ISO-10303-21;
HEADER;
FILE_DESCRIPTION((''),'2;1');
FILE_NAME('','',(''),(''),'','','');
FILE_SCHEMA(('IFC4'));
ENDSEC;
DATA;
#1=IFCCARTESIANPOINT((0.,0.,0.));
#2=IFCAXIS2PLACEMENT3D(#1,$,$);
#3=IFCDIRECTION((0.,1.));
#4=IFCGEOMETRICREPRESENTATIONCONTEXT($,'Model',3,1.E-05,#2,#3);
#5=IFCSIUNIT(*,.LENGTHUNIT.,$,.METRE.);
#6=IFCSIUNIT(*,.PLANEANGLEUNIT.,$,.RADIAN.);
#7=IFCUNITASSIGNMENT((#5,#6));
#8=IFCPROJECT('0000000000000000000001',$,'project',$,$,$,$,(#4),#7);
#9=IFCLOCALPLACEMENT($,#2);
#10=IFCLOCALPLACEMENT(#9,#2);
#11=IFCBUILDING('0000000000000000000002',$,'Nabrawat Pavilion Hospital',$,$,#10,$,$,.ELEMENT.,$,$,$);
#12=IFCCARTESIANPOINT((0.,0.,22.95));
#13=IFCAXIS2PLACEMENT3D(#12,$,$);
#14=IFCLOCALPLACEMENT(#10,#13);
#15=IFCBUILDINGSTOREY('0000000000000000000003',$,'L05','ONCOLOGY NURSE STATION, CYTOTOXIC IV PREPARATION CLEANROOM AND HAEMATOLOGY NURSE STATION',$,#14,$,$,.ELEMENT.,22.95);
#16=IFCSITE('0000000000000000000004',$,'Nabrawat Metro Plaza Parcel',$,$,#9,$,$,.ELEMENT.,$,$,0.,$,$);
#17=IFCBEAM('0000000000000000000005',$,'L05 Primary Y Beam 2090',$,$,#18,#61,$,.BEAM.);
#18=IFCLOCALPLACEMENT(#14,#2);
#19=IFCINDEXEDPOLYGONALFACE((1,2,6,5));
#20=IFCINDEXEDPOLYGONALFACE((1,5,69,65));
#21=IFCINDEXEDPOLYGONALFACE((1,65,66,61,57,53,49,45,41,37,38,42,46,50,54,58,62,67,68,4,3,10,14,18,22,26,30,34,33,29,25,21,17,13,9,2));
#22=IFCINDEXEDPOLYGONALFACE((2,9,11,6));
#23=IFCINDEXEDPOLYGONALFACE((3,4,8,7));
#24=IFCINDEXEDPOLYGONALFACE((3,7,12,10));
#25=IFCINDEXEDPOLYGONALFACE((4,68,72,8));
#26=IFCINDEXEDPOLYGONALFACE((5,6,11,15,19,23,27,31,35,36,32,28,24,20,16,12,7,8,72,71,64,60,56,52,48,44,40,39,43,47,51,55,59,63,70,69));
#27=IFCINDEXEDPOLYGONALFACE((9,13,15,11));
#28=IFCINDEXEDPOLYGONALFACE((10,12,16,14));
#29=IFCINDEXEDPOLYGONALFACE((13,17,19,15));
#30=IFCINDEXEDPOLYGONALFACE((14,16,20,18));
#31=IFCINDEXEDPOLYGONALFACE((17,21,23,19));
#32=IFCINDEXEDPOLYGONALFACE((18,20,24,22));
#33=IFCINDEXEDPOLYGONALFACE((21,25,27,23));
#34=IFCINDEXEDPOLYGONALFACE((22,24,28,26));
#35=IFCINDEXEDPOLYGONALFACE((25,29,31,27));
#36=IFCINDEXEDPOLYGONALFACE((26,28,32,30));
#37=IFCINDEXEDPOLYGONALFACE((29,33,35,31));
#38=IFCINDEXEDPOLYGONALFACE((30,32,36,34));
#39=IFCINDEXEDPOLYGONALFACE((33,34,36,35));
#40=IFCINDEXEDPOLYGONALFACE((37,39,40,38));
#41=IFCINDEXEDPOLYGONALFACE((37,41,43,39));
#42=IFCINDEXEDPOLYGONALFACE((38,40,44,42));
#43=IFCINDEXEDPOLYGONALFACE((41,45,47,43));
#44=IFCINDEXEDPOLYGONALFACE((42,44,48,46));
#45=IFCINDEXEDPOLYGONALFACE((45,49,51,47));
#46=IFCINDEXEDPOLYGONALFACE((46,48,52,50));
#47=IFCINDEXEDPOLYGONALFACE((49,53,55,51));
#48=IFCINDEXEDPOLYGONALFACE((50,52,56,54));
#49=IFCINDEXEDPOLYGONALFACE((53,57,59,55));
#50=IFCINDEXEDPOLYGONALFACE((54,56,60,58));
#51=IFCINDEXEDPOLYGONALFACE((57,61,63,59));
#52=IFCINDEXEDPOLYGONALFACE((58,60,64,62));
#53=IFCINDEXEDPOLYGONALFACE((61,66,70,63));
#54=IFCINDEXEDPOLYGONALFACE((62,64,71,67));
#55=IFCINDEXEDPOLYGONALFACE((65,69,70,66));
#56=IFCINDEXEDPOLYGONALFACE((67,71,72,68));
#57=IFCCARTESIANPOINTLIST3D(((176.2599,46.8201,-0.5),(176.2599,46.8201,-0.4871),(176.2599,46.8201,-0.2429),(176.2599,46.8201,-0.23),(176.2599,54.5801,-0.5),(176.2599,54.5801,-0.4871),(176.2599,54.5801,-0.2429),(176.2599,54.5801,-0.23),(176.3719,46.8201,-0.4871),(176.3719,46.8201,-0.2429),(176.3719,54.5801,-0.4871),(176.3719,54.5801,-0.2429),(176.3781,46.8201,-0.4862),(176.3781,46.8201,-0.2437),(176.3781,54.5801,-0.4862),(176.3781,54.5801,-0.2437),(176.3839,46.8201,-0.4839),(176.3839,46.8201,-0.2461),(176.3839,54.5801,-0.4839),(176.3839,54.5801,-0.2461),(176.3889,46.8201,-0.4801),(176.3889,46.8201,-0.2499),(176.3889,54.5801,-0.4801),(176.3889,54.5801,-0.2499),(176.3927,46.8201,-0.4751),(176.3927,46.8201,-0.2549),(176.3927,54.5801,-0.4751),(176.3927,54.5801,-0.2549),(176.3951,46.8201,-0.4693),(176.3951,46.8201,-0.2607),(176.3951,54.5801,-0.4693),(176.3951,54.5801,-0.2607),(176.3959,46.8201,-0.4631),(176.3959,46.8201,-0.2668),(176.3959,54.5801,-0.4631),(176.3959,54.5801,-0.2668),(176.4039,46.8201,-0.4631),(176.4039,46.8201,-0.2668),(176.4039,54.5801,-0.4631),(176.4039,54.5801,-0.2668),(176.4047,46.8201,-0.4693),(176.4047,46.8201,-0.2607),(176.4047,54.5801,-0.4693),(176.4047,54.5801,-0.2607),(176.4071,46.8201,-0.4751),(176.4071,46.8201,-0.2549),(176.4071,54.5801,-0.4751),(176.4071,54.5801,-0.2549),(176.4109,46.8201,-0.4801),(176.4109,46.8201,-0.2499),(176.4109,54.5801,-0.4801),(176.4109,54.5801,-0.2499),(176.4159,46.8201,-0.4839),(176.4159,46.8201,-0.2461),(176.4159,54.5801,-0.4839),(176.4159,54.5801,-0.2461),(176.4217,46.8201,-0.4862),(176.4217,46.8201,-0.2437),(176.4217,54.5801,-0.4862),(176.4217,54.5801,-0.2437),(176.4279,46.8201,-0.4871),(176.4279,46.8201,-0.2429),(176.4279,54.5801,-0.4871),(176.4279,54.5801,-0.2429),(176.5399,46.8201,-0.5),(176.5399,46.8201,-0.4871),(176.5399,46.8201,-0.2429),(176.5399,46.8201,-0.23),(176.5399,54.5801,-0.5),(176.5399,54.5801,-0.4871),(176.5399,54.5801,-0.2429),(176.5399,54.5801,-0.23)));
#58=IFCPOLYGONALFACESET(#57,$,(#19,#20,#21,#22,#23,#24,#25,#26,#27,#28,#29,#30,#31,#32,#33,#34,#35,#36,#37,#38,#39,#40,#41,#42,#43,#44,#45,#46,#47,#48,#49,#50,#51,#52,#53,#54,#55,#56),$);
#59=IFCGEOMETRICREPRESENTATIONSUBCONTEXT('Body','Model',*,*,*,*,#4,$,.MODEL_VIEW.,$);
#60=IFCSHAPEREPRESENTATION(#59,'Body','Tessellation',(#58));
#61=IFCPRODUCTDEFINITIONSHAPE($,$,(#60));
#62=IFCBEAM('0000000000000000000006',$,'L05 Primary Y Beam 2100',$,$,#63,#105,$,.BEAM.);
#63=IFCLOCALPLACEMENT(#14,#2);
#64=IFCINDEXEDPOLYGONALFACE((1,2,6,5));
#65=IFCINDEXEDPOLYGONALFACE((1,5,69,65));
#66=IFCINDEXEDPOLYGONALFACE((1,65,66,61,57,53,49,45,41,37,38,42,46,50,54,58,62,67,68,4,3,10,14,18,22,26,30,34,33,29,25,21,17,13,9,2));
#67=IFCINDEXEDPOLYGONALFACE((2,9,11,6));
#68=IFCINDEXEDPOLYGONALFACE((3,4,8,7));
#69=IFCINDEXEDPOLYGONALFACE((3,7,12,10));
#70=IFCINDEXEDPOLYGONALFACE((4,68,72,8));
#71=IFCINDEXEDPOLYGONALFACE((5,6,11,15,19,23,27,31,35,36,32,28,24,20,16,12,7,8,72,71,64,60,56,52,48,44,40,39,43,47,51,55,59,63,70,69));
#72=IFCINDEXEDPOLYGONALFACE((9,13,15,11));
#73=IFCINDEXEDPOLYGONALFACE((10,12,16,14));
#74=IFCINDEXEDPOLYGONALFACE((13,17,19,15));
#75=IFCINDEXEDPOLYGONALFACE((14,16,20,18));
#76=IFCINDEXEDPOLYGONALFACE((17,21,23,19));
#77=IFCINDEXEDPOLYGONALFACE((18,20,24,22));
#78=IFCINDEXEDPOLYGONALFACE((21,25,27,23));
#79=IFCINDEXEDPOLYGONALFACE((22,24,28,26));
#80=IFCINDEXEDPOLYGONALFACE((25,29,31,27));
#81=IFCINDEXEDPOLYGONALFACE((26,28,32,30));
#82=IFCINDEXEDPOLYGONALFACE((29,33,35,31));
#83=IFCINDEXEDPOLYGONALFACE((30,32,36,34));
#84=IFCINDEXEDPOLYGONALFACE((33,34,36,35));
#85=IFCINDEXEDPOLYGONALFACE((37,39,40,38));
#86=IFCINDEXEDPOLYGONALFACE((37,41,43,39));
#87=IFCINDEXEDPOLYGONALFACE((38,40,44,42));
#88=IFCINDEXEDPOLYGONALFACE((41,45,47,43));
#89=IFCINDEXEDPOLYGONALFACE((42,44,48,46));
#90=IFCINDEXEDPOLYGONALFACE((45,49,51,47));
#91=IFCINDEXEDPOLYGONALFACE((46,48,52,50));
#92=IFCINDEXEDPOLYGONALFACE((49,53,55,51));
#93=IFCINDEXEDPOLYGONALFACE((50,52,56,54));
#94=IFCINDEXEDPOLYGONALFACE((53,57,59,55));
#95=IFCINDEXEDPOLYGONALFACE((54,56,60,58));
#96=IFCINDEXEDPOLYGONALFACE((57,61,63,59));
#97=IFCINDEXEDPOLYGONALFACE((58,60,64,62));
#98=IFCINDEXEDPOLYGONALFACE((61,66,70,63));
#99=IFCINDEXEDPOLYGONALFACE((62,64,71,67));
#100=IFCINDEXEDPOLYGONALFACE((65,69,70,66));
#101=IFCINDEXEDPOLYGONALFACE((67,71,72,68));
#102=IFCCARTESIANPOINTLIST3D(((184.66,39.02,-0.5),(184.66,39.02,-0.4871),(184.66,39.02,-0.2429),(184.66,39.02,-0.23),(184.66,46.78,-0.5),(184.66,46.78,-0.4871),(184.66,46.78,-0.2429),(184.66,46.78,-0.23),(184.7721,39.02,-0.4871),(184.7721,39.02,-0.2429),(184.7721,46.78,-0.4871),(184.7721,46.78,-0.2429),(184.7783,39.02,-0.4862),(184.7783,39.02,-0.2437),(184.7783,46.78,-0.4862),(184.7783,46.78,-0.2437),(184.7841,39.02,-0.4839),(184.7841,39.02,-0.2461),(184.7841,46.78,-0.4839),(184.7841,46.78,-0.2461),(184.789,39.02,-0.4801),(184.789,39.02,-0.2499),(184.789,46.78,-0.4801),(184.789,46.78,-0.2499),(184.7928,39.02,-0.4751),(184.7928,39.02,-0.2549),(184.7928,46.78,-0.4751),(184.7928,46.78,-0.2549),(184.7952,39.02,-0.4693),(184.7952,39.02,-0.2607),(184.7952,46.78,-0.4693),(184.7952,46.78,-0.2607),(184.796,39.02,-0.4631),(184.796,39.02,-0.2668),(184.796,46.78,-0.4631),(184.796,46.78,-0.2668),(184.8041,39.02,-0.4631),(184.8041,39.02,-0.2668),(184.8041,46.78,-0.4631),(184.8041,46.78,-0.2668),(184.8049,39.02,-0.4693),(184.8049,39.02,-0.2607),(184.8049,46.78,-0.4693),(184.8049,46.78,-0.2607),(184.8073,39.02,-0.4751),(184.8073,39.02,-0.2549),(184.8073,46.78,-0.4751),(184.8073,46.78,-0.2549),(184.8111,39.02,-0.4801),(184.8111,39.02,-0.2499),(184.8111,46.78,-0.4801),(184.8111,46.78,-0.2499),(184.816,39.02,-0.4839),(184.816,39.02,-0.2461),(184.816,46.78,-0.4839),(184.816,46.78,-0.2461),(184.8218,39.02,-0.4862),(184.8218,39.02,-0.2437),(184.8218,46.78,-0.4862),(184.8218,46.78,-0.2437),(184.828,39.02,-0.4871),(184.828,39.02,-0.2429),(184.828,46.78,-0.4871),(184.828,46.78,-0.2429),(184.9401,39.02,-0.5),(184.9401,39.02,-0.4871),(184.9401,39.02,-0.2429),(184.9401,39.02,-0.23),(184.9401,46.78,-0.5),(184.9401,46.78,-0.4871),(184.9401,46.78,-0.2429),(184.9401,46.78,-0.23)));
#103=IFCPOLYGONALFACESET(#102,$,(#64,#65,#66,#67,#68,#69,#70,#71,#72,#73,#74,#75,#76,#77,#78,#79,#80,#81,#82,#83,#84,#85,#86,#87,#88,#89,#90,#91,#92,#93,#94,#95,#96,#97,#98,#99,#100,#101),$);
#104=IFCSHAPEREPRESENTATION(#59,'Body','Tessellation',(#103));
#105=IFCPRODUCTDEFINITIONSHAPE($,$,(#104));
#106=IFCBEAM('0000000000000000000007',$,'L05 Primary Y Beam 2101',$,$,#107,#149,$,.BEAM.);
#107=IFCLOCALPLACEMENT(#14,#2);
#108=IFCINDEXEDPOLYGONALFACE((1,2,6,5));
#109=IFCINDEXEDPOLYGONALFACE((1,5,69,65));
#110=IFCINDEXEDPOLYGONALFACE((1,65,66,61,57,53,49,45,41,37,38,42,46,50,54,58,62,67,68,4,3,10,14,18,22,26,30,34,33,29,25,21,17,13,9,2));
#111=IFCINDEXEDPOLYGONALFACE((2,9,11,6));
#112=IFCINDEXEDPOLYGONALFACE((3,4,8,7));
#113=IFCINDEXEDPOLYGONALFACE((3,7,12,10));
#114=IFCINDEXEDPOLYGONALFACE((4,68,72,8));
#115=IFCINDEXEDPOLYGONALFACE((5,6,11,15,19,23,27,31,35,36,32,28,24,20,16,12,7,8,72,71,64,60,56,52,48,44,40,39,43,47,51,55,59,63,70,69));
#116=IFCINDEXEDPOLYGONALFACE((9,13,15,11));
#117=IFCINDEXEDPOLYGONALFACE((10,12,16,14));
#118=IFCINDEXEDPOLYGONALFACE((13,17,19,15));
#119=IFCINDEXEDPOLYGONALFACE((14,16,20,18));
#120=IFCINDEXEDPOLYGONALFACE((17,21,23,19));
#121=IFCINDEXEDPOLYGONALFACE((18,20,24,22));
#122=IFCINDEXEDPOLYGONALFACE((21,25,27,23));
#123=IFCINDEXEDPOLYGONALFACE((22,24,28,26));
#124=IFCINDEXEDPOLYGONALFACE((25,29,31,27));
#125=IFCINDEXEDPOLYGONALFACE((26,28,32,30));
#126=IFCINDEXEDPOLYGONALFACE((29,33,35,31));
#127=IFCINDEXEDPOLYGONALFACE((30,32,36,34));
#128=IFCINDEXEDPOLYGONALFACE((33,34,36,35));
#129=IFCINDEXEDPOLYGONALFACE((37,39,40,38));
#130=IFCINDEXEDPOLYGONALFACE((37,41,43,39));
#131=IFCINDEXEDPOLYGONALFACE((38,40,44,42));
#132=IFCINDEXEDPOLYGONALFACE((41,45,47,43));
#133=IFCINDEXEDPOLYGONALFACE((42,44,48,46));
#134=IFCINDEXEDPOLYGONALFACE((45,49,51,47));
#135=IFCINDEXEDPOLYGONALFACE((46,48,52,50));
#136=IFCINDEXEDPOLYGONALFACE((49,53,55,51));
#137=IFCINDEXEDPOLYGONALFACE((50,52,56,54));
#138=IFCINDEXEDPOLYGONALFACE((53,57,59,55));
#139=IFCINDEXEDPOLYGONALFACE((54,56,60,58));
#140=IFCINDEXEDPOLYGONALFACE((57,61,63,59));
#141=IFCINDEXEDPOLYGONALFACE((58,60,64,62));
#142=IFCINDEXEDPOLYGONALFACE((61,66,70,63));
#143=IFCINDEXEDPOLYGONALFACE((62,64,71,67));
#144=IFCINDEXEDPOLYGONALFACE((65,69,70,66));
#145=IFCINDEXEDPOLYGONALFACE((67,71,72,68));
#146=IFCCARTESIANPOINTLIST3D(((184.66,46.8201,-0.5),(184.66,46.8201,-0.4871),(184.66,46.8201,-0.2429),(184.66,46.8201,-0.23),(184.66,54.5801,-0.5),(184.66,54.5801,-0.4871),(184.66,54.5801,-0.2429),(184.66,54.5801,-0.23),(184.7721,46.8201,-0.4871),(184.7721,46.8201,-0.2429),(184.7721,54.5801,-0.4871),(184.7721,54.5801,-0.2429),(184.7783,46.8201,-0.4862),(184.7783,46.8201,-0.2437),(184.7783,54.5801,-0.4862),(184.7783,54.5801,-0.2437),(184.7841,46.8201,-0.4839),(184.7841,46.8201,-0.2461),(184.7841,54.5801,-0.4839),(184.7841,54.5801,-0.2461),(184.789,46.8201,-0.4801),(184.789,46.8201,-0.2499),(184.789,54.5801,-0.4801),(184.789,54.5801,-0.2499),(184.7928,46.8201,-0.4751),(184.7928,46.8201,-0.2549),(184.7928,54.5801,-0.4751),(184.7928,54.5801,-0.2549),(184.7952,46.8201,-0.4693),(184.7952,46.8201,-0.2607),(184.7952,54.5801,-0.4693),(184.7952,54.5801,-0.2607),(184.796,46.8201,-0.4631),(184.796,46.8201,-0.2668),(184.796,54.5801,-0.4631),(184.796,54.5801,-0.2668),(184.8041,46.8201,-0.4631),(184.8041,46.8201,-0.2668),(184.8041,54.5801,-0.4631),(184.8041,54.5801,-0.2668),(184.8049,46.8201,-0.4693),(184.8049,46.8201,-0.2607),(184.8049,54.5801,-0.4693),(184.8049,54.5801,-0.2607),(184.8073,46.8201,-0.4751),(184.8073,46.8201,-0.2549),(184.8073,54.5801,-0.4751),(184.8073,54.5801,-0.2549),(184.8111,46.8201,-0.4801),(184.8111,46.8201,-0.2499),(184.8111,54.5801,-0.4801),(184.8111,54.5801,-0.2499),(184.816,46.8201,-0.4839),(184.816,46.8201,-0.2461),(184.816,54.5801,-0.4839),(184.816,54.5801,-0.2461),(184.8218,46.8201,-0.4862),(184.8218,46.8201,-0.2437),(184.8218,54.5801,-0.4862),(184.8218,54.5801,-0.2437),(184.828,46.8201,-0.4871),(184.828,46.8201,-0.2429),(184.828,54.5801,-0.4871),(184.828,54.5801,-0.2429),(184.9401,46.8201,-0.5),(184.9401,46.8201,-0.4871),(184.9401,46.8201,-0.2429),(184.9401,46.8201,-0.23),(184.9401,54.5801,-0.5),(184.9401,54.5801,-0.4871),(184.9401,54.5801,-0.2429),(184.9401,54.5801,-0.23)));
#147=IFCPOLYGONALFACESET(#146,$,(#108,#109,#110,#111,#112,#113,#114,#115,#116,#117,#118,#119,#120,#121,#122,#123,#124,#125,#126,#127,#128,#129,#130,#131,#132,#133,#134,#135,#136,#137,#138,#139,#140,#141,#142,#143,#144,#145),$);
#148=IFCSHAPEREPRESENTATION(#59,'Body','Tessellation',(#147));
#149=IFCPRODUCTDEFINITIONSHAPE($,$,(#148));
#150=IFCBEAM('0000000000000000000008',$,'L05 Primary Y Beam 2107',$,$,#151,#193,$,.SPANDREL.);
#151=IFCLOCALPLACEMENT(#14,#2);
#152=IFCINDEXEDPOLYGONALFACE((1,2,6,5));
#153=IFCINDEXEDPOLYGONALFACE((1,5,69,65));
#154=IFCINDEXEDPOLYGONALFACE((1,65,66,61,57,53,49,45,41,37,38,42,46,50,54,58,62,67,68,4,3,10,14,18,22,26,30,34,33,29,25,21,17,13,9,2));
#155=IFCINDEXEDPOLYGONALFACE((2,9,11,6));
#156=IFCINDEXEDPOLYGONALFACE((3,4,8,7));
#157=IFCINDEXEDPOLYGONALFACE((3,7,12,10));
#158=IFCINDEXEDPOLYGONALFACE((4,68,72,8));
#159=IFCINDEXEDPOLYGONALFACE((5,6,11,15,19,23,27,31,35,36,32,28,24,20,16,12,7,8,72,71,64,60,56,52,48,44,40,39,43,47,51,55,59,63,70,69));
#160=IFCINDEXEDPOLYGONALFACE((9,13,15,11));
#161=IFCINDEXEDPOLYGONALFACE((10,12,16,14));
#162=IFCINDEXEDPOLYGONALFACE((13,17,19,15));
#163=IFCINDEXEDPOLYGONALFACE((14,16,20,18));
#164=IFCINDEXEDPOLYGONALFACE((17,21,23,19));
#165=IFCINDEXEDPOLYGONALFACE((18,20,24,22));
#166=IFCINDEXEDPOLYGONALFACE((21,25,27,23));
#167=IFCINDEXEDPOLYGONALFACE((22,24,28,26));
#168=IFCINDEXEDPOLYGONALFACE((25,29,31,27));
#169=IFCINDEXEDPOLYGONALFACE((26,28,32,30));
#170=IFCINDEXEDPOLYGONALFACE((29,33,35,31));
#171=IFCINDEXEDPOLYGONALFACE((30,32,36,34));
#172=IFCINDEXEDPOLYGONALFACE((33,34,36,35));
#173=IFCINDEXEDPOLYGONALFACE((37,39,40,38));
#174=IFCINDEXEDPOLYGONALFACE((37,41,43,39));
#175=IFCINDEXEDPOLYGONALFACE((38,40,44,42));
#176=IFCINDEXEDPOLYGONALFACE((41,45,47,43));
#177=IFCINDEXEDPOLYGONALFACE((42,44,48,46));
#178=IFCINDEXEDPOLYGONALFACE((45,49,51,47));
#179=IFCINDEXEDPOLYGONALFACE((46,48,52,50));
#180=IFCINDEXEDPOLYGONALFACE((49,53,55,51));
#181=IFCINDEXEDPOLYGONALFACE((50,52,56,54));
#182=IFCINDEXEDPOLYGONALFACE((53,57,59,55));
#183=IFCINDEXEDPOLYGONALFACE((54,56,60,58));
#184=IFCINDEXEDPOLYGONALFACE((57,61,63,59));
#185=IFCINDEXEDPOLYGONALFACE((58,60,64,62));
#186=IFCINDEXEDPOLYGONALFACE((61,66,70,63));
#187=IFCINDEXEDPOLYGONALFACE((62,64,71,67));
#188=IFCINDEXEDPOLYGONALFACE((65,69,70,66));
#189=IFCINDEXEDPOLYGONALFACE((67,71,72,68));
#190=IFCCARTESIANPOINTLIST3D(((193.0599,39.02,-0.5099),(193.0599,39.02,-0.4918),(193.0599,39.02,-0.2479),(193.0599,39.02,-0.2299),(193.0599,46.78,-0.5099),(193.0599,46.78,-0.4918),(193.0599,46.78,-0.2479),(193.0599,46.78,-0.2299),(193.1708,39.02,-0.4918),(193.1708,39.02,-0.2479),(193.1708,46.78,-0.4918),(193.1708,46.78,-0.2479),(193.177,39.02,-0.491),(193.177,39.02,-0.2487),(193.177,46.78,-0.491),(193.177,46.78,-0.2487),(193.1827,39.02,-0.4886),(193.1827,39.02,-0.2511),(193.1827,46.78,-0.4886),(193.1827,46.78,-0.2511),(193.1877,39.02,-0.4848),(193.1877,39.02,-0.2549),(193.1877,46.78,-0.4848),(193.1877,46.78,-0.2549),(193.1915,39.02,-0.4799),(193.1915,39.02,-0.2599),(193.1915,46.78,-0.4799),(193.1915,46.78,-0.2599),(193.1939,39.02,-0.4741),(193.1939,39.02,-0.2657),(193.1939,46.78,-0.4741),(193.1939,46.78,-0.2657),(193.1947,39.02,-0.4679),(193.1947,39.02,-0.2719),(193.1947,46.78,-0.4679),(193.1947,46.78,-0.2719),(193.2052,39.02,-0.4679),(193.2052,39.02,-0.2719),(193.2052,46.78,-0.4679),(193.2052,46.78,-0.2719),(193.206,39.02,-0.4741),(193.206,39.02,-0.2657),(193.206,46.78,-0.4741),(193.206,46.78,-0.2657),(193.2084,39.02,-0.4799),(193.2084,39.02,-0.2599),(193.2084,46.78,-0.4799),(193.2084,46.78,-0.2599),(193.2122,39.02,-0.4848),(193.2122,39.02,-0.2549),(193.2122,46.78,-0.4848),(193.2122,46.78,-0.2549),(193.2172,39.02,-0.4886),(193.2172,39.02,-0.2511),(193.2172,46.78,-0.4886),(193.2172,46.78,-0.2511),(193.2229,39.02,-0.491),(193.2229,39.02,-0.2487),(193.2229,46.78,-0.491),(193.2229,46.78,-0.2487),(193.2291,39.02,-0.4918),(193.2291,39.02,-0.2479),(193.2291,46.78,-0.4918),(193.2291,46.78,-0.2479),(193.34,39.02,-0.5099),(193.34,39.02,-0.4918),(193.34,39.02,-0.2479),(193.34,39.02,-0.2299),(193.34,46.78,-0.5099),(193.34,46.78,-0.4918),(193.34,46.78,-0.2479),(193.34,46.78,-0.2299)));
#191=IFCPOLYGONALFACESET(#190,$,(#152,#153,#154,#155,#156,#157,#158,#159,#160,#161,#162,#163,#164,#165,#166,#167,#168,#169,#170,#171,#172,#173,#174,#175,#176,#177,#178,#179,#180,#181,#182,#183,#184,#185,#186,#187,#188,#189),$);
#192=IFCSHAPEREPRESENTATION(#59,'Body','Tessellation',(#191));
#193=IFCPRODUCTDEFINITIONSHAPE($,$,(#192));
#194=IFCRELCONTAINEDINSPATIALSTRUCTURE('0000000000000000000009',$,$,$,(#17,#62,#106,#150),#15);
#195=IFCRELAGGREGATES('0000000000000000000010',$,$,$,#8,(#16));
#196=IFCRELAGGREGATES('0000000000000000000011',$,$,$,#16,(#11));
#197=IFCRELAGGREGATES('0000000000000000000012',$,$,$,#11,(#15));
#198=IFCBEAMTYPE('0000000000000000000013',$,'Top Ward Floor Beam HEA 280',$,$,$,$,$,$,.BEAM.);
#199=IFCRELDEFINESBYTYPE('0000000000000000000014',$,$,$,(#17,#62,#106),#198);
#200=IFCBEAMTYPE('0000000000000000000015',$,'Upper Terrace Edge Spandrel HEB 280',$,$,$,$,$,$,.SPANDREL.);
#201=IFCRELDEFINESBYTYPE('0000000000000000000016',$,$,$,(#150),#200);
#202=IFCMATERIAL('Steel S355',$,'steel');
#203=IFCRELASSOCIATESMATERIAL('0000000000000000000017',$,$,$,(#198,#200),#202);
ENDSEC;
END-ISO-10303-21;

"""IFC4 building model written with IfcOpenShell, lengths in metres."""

from ifc_helpers import new_model, si_unit, direction, frame, origin, origin_2d, place, context, subcontext, project, spatial, i_section, extrude, material, material_profile, profile_set, type_object, element, save


model = new_model("IFC4")

# Units and contexts
model_context = context("Model", 3, precision=1e-05, world=origin(), true_north=direction((0.0, 1.0)))
body_context = subcontext(model_context, "Body", "Model", "MODEL_VIEW")
ifc_project = project(units=[si_unit("LENGTHUNIT", "METRE"), si_unit("PLANEANGLEUNIT", "RADIAN")], contexts=[model_context])

# Site, building, storey
site_placement = place(None, origin())
site = spatial("IfcSite", under=ifc_project, at=site_placement, Name="Nabrawat Metro Plaza Parcel", CompositionType="ELEMENT", RefElevation=0.0)
building_placement = place(site_placement, origin())
building = spatial("IfcBuilding", under=site, at=building_placement, Name="Nabrawat Pavilion Hospital", CompositionType="ELEMENT")
storey_placement = place(building_placement, frame((0.0, 0.0, 22.95)))
storey = spatial("IfcBuildingStorey", under=building, at=storey_placement, Name="L05", Description="ONCOLOGY NURSE STATION, CYTOTOXIC IV PREPARATION CLEANROOM AND HAEMATOLOGY NURSE STATION", CompositionType="ELEMENT", Elevation=22.95)

# Shared definitions
ifc_material_1 = material(Name="Steel S355", Category="steel")

# Beams
ifc_material_profile_1 = material_profile(ifc_material_1, i_section(OverallWidth=0.28, OverallDepth=0.27, WebThickness=0.0081, FlangeThickness=0.0129, FilletRadius=0.0239, at=origin_2d()), Name="HEA 280")
ifc_profile_set_1 = profile_set([ifc_material_profile_1], Name="Steel S355")
beam_type_1 = type_object("IfcBeamType", Name="Top Ward Floor Beam HEA 280", PredefinedType="BEAM", material=ifc_profile_set_1)
for number, where, z_axis, x_axis, name in (
    (1, (176.3999, 46.8201, -0.365), (0.0, 1.0, 0.0), (-1.0, 0.0, 0.0), "L05 Primary Y Beam 2090"),
    (2, (184.8, 39.02, -0.365), (0.0, 1.0, 0.0), (-1.0, 0.0, 0.0), "L05 Primary Y Beam 2100"),
    (3, (184.8, 46.8201, -0.365), (0.0, 1.0, 0.0), (-1.0, 0.0, 0.0), "L05 Primary Y Beam 2101"),
):
    element("IfcBeam", number, at=place(storey_placement, frame(where, z_axis=z_axis, x_axis=x_axis)), inside=storey, type_object=beam_type_1, Name=name, PredefinedType="BEAM", context=body_context, shape_type="SweptSolid", body=[
        extrude(i_section(OverallWidth=0.28, OverallDepth=0.27, WebThickness=0.0081, FlangeThickness=0.0129, FilletRadius=0.0239, at=origin_2d()), origin(), (0.0, 0.0, 1.0), 7.76),
    ])
ifc_material_profile_2 = material_profile(ifc_material_1, i_section(OverallWidth=0.28, OverallDepth=0.28, WebThickness=0.0105, FlangeThickness=0.0181, FilletRadius=0.0239, at=origin_2d()), Name="HEB 280")
ifc_profile_set_2 = profile_set([ifc_material_profile_2], Name="Steel S355")
beam_type_2 = type_object("IfcBeamType", Name="Upper Terrace Edge Spandrel HEB 280", PredefinedType="SPANDREL", material=ifc_profile_set_2)
for number, where, z_axis, x_axis, name in (
    (4, (193.2, 39.02, -0.3699), (0.0, 1.0, 0.0), (-1.0, 0.0, 0.0), "L05 Primary Y Beam 2107"),
):
    element("IfcBeam", number, at=place(storey_placement, frame(where, z_axis=z_axis, x_axis=x_axis)), inside=storey, type_object=beam_type_2, Name=name, PredefinedType="SPANDREL", context=body_context, shape_type="SweptSolid", body=[
        extrude(i_section(OverallWidth=0.28, OverallDepth=0.28, WebThickness=0.0105, FlangeThickness=0.0181, FilletRadius=0.0239, at=origin_2d()), origin(), (0.0, 0.0, 1.0), 7.76),
    ])

save(model, "model.ifc")
